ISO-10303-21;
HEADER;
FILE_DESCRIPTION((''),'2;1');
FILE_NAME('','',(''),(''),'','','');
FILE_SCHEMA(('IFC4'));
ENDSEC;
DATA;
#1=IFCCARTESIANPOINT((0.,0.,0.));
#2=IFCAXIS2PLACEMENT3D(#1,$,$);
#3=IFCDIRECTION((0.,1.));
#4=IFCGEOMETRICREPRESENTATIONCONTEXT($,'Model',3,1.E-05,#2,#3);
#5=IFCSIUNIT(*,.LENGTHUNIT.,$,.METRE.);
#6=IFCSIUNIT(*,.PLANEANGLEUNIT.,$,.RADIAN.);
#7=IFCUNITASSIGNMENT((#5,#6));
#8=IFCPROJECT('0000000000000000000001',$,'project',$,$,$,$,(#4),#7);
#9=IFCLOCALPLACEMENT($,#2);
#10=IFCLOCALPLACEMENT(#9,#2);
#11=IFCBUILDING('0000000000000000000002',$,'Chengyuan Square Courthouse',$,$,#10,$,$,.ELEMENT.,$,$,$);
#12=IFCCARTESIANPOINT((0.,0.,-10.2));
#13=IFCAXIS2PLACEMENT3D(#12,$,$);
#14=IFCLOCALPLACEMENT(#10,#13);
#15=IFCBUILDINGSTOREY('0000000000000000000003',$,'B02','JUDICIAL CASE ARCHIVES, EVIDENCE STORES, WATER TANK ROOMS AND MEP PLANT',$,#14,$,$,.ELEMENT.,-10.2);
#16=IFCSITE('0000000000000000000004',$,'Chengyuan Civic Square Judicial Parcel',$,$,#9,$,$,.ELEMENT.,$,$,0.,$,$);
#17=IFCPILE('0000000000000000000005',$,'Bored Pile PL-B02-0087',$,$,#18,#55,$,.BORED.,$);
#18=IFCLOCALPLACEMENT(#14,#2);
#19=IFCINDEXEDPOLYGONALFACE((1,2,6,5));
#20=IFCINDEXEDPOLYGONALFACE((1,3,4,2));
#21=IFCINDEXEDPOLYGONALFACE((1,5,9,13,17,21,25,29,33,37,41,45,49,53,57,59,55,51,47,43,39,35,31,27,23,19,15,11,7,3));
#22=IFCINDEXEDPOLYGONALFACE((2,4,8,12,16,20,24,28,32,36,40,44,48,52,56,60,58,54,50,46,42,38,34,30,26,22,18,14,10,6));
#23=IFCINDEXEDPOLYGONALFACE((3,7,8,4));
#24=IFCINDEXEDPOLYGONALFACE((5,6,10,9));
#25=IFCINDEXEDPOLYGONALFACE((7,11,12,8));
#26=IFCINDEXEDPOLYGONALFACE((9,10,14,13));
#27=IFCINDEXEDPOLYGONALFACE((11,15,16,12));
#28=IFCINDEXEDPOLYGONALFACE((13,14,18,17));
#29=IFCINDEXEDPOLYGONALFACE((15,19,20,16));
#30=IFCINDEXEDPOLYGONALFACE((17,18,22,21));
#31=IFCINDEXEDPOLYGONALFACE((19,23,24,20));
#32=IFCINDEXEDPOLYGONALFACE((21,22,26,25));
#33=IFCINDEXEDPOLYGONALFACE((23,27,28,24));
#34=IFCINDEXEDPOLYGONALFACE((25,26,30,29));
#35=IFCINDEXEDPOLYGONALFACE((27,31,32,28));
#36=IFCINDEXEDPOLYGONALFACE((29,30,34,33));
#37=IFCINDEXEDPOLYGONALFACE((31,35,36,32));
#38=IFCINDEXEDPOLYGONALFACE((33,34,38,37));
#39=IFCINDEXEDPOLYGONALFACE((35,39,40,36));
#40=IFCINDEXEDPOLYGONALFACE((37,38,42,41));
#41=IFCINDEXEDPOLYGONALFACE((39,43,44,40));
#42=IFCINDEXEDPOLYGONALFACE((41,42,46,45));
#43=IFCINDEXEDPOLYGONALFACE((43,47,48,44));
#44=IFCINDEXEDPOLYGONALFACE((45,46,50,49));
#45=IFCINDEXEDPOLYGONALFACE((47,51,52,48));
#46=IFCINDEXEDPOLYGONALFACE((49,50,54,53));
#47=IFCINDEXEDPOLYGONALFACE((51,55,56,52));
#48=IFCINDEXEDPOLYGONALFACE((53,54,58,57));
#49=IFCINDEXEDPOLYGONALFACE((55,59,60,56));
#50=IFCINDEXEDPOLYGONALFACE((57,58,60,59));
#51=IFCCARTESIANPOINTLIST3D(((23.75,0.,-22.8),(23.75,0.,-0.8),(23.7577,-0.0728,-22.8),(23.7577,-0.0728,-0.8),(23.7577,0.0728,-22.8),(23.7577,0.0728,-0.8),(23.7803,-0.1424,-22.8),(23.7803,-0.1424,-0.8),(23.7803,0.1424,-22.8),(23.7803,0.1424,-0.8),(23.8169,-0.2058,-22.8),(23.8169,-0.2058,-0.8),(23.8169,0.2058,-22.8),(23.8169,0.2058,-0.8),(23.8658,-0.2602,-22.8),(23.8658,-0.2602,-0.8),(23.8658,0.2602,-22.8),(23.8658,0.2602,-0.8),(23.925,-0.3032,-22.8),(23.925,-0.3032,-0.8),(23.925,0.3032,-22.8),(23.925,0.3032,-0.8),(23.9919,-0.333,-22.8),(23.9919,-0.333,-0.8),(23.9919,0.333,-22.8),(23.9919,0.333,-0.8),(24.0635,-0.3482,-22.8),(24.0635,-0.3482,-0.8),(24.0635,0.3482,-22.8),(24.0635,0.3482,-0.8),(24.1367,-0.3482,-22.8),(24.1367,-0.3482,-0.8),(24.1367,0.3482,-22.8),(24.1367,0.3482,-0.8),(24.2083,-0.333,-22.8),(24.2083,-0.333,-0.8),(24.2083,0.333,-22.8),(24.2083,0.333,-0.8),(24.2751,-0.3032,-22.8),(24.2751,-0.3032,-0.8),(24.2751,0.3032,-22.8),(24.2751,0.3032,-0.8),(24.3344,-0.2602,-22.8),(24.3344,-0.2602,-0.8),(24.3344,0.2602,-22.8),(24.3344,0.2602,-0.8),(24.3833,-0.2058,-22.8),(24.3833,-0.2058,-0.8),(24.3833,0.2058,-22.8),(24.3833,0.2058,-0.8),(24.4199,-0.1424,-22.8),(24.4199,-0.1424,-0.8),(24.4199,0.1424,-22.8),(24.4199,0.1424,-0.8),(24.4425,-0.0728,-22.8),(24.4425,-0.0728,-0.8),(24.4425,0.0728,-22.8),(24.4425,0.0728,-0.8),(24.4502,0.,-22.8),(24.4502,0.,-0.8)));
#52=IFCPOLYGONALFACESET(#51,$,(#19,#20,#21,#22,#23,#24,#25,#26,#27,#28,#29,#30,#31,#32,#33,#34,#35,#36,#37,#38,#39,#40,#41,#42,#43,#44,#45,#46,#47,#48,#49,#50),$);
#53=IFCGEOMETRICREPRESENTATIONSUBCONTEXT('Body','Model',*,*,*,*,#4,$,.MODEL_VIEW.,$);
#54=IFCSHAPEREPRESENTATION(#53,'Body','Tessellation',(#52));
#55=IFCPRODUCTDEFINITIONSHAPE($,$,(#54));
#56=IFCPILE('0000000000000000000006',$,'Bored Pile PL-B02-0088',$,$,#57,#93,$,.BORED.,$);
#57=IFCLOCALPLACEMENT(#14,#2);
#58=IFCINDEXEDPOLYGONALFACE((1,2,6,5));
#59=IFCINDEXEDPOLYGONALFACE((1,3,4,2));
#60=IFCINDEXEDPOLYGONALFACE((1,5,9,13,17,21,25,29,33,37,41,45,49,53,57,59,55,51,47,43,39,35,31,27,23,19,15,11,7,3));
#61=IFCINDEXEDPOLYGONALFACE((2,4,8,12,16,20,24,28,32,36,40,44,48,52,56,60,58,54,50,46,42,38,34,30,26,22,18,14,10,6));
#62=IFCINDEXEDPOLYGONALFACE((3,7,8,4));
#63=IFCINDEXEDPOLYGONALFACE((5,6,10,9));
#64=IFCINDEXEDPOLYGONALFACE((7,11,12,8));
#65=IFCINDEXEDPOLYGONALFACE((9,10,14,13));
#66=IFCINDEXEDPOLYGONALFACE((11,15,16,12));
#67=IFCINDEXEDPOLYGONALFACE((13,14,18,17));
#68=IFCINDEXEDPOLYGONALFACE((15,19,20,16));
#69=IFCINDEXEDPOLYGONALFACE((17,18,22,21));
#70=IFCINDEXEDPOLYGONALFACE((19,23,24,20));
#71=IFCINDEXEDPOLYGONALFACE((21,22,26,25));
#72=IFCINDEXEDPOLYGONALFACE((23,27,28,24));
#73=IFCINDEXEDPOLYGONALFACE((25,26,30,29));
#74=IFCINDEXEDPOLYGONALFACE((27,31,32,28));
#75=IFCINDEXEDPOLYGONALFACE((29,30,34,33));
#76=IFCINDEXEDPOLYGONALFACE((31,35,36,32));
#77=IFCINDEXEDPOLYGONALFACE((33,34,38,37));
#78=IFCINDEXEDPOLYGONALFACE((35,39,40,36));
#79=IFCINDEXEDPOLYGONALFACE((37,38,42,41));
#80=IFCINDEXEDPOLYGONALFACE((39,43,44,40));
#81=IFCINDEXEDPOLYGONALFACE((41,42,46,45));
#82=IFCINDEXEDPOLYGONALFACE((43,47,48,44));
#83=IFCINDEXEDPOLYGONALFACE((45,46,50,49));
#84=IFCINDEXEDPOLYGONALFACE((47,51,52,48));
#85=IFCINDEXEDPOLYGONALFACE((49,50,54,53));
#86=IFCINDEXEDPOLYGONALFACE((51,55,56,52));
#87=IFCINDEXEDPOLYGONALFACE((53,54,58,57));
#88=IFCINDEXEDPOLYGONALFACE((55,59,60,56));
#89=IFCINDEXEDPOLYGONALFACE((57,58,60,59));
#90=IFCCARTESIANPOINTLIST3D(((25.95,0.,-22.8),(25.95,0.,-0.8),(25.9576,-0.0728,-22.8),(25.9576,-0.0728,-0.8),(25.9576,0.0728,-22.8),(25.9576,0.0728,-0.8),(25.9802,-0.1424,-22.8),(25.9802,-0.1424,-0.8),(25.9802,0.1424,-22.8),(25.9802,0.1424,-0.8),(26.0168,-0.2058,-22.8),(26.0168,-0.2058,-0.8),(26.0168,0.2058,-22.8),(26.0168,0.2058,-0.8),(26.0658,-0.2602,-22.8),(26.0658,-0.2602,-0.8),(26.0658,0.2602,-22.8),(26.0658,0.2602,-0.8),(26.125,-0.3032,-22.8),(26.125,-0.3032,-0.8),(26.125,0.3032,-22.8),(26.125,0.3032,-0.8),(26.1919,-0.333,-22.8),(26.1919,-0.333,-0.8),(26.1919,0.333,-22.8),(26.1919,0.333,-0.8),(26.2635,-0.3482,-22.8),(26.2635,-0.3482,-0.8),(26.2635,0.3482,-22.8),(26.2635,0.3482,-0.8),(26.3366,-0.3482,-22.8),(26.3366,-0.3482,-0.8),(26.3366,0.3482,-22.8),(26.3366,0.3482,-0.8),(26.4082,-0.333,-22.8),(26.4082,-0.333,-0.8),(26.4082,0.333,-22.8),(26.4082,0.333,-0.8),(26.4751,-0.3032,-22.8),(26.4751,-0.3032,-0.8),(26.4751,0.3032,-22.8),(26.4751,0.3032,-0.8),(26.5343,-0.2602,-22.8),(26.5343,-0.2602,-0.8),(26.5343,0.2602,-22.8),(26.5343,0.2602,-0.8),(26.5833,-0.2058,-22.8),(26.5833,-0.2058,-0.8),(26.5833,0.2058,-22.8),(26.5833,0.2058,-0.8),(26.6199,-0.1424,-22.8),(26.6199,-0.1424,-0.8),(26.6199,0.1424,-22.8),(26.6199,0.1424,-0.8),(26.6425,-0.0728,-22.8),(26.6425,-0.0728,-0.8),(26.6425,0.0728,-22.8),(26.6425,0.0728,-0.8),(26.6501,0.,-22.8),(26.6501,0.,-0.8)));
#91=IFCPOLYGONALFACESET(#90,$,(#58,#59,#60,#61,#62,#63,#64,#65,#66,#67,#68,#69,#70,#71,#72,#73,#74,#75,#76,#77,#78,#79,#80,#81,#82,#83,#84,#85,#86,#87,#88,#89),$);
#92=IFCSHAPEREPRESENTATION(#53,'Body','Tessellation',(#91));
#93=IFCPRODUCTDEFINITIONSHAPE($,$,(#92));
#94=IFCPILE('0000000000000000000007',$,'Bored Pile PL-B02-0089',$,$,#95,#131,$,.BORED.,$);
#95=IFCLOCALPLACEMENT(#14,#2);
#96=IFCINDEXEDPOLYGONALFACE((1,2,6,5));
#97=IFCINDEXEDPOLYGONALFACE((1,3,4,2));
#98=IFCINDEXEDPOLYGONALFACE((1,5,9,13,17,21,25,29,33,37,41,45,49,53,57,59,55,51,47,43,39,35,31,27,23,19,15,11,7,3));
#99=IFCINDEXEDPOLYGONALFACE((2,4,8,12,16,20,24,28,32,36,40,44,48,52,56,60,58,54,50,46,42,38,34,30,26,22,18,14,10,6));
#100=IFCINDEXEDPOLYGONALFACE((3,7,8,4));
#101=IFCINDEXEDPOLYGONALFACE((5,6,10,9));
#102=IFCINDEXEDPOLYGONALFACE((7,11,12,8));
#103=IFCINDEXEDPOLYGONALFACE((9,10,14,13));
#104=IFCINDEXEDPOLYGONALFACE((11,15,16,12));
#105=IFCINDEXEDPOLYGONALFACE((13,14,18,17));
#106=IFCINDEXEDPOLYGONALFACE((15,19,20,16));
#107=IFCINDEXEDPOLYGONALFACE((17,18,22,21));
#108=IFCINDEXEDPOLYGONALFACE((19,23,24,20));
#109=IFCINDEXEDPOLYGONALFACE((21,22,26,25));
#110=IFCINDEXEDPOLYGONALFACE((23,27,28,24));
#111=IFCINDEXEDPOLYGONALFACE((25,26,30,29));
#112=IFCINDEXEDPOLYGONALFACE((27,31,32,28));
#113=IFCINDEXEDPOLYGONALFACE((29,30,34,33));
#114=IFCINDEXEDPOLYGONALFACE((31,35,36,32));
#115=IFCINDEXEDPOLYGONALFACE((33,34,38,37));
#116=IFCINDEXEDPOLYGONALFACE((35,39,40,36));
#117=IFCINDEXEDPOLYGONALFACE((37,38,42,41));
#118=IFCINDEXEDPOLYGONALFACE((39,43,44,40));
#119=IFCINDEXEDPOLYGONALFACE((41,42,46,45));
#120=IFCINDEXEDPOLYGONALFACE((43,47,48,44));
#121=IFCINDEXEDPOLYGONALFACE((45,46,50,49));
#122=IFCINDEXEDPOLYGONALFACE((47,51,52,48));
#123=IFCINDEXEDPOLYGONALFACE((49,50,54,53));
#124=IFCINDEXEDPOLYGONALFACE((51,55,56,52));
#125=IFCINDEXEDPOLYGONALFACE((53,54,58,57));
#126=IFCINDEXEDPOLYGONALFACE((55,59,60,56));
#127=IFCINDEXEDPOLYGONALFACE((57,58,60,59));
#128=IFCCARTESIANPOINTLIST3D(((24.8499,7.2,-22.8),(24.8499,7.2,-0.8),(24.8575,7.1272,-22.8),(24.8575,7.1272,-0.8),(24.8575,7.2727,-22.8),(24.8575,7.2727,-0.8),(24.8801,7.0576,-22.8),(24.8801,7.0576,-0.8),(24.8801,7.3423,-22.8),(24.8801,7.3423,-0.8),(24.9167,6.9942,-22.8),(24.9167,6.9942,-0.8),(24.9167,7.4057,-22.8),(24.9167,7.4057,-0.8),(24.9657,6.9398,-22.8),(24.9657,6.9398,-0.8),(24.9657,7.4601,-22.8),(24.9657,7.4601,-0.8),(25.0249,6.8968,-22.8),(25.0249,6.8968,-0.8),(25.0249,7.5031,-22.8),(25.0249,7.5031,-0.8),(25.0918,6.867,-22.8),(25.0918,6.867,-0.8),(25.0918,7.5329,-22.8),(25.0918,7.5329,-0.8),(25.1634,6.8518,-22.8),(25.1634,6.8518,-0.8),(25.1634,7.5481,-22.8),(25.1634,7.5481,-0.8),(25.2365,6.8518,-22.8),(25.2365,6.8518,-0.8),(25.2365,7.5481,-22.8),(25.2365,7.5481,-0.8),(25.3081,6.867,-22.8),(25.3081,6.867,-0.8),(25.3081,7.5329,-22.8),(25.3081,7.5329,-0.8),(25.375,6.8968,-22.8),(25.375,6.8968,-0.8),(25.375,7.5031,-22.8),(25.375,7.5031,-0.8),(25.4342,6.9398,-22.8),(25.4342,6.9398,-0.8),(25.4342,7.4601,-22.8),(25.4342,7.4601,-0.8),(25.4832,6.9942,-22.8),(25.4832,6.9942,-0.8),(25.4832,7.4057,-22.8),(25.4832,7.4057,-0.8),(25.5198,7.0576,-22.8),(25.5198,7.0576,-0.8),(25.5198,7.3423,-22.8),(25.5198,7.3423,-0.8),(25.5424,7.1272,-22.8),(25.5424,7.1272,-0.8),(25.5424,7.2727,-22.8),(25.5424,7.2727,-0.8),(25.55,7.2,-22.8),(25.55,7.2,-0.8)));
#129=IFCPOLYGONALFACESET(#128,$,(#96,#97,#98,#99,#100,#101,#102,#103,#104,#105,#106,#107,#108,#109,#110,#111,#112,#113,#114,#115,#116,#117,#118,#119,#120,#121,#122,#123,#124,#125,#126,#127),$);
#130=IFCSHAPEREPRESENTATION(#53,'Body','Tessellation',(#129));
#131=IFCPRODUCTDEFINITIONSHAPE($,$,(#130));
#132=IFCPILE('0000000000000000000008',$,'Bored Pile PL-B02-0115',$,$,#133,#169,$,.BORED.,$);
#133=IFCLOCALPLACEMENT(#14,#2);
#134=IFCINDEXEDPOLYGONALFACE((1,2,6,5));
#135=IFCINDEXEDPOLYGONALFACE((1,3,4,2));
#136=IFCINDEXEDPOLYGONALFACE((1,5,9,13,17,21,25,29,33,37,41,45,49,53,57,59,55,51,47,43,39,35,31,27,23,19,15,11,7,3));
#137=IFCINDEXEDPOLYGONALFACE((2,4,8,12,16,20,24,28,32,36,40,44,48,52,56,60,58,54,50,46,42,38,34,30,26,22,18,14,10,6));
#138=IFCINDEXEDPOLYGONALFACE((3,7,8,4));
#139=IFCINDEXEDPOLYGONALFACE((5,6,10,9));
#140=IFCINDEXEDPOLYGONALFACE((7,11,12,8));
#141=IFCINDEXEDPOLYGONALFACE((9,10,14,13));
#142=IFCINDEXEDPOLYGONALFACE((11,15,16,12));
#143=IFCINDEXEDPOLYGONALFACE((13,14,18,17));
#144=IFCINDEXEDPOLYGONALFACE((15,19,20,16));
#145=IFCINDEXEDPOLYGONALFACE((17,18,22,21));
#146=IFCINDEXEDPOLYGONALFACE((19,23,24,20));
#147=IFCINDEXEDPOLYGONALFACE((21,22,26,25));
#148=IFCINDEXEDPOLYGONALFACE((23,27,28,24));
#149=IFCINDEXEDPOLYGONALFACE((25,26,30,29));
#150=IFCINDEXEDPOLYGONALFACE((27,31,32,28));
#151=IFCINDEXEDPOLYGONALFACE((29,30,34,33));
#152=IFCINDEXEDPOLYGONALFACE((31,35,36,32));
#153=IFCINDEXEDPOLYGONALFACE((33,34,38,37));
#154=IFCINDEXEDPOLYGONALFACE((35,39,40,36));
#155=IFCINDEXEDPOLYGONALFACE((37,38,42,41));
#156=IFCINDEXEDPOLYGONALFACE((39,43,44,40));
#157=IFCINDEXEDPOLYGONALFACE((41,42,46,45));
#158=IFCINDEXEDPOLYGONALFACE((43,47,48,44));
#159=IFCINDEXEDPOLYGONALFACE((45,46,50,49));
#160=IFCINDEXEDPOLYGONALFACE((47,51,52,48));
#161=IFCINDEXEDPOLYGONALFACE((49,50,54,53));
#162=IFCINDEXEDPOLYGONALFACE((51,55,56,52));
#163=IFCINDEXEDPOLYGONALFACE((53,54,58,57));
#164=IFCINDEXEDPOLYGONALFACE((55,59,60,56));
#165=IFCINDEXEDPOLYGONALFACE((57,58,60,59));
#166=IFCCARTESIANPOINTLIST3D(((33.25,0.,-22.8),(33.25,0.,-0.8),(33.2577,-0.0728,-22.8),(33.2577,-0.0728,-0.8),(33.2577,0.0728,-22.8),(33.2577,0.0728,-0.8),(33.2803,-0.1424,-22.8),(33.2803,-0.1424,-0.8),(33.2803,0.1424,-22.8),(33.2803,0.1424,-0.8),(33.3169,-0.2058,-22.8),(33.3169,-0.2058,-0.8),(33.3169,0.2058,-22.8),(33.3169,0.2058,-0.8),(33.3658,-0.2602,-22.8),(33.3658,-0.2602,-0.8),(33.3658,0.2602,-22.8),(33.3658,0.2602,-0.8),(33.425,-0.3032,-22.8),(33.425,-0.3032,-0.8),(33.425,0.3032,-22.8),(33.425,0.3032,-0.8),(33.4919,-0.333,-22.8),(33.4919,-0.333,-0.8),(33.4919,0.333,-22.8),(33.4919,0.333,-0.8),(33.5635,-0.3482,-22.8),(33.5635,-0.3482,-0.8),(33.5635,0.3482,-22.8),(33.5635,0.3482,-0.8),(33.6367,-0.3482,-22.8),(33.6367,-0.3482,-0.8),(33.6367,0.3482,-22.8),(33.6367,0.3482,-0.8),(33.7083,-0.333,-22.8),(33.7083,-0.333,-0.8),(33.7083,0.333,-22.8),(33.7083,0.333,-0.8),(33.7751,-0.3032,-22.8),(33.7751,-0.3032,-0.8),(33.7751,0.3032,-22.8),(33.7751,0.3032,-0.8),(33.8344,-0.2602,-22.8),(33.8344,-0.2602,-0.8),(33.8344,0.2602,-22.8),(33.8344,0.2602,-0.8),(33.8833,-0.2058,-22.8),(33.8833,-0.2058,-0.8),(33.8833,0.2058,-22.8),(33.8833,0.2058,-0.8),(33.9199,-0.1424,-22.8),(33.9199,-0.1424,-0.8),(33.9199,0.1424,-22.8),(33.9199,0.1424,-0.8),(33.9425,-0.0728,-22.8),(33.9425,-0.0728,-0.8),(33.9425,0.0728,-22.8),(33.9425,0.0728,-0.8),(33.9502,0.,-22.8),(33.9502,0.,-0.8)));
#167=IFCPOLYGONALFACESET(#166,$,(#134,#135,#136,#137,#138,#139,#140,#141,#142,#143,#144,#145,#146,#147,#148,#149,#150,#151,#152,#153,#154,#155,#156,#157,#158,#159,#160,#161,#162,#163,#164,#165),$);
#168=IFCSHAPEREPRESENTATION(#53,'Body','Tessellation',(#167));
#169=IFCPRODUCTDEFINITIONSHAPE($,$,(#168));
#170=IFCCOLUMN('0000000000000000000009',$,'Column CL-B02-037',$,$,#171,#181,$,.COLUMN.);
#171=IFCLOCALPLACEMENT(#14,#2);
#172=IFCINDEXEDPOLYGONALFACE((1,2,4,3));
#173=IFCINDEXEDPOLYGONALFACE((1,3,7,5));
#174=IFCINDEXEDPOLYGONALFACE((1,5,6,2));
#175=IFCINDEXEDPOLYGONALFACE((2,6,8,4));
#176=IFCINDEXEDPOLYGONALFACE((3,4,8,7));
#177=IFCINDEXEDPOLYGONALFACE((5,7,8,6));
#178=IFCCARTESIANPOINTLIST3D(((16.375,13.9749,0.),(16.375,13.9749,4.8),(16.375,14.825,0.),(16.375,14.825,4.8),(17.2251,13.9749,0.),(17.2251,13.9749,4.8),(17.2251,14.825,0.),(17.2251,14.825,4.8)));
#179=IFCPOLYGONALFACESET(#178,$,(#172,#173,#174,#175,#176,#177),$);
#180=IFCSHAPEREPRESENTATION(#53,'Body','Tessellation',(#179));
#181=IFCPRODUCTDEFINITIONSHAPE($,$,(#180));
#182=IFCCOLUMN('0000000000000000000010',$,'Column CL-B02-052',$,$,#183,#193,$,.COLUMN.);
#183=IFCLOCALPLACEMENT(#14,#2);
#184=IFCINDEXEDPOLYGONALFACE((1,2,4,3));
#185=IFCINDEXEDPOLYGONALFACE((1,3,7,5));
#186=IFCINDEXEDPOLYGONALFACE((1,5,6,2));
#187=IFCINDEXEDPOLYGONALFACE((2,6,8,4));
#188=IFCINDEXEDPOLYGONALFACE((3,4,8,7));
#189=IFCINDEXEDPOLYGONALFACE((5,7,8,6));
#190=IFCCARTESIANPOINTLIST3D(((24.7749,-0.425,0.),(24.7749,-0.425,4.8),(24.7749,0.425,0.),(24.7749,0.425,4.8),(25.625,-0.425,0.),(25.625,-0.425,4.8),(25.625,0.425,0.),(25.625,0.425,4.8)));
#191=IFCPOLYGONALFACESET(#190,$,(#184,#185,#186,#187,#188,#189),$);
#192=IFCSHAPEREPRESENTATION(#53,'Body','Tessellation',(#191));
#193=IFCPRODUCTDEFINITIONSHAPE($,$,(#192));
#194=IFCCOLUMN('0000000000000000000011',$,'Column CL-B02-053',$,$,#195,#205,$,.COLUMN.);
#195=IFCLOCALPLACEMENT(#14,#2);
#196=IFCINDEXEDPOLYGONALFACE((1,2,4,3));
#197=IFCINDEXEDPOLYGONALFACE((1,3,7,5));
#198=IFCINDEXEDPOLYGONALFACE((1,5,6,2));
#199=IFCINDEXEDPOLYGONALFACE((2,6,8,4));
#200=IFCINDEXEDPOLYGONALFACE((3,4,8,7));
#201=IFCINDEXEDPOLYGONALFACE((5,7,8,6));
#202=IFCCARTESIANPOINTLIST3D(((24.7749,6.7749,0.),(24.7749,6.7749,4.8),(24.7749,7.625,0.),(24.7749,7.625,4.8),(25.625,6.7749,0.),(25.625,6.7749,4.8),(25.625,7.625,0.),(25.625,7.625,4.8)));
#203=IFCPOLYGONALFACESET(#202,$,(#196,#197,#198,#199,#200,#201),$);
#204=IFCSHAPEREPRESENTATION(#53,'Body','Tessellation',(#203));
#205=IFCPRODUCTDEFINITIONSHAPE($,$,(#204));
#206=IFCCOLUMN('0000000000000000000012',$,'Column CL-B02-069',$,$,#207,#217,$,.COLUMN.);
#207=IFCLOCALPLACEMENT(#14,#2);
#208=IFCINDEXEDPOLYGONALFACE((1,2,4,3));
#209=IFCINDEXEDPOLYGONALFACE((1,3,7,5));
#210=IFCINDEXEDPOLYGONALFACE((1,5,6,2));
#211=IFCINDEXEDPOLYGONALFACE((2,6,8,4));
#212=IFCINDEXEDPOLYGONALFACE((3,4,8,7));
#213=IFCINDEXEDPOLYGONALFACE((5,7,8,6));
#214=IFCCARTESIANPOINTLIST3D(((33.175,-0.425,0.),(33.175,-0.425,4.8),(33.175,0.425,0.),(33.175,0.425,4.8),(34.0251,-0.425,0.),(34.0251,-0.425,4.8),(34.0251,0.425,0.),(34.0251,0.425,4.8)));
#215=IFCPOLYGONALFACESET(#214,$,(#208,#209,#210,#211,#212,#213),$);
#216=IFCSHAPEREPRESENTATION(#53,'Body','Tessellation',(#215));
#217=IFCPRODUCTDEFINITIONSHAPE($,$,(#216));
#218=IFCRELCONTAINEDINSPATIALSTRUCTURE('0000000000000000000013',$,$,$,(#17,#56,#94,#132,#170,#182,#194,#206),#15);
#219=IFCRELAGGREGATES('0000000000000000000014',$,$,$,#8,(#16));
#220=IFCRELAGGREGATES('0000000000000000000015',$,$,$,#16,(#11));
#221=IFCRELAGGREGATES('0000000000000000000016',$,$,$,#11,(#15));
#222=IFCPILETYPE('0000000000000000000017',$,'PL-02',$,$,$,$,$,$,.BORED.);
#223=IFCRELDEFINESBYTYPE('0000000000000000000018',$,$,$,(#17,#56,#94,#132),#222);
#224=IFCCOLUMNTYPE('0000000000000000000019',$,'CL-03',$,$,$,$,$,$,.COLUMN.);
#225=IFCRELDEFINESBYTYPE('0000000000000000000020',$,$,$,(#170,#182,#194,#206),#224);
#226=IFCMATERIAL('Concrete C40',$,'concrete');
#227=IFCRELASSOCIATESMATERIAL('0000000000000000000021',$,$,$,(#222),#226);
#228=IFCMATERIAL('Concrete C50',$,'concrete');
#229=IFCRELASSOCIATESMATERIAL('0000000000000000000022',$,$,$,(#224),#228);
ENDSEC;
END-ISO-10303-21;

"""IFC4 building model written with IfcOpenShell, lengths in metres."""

from ifc_helpers import new_model, si_unit, direction, frame, origin, origin_2d, place, context, subcontext, project, spatial, rectangle, circle, extrude, material, material_profile, profile_set, type_object, element, save


model = new_model("IFC4")

# Units and contexts
model_context = context("Model", 3, precision=1e-05, world=origin(), true_north=direction((0.0, 1.0)))
body_context = subcontext(model_context, "Body", "Model", "MODEL_VIEW")
ifc_project = project(units=[si_unit("LENGTHUNIT", "METRE"), si_unit("PLANEANGLEUNIT", "RADIAN")], contexts=[model_context])

# Site, building, storey
site_placement = place(None, origin())
site = spatial("IfcSite", under=ifc_project, at=site_placement, Name="Chengyuan Civic Square Judicial Parcel", CompositionType="ELEMENT", RefElevation=0.0)
building_placement = place(site_placement, origin())
building = spatial("IfcBuilding", under=site, at=building_placement, Name="Chengyuan Square Courthouse", CompositionType="ELEMENT")
storey_placement = place(building_placement, frame((0.0, 0.0, -10.2)))
storey = spatial("IfcBuildingStorey", under=building, at=storey_placement, Name="B02", Description="JUDICIAL CASE ARCHIVES, EVIDENCE STORES, WATER TANK ROOMS AND MEP PLANT", CompositionType="ELEMENT", Elevation=-10.2)

# Shared definitions
ifc_material_1 = material(Name="Concrete C40", Category="concrete")

# Piles
ifc_material_profile_1 = material_profile(ifc_material_1, circle(Radius=0.3501, at=origin_2d()), Name="BORED PILE D700")
ifc_profile_set_1 = profile_set([ifc_material_profile_1], Name="Concrete C40")
pile_type = type_object("IfcPileType", Name="PL-02", PredefinedType="BORED", material=ifc_profile_set_1)
for number, where, z_axis, x_axis, name in (
    (1, (24.1001, 0.0, -0.8), (0.0, 0.0, -1.0), (1.0, 0.0, 0.0), "Bored Pile PL-B02-0087"),
    (2, (26.3, 0.0, -0.8), (0.0, 0.0, -1.0), (1.0, 0.0, 0.0), "Bored Pile PL-B02-0088"),
    (3, (25.2, 7.2, -0.8), (0.0, 0.0, -1.0), (1.0, 0.0, 0.0), "Bored Pile PL-B02-0089"),
    (4, (33.6001, 0.0, -0.8), (0.0, 0.0, -1.0), (1.0, 0.0, 0.0), "Bored Pile PL-B02-0115"),
):
    element("IfcPile", number, at=place(storey_placement, frame(where, z_axis=z_axis, x_axis=x_axis)), inside=storey, type_object=pile_type, Name=name, PredefinedType="BORED", context=body_context, shape_type="SweptSolid", body=[
        extrude(circle(Radius=0.3501, at=origin_2d()), origin(), (0.0, 0.0, 1.0), 22.0),
    ])

# Columns
ifc_material_2 = material(Name="Concrete C50", Category="concrete")
ifc_material_profile_2 = material_profile(ifc_material_2, rectangle(XDim=0.8501, YDim=0.8501, at=origin_2d()), Name="RC-COL-850x850")
ifc_profile_set_2 = profile_set([ifc_material_profile_2], Name="Concrete C50")
column_type = type_object("IfcColumnType", Name="CL-03", PredefinedType="COLUMN", material=ifc_profile_set_2)
for number, where, z_axis, x_axis, name in (
    (5, (16.8, 14.3999, 0.0), (0.0, 0.0, 1.0), (1.0, 0.0, 0.0), "Column CL-B02-037"),
    (6, (25.2, 0.0, 0.0), (0.0, 0.0, 1.0), (1.0, 0.0, 0.0), "Column CL-B02-052"),
    (7, (25.2, 7.2, 0.0), (0.0, 0.0, 1.0), (1.0, 0.0, 0.0), "Column CL-B02-053"),
    (8, (33.6001, 0.0, 0.0), (0.0, 0.0, 1.0), (1.0, 0.0, 0.0), "Column CL-B02-069"),
):
    element("IfcColumn", number, at=place(storey_placement, frame(where, z_axis=z_axis, x_axis=x_axis)), inside=storey, type_object=column_type, Name=name, PredefinedType="COLUMN", context=body_context, shape_type="SweptSolid", body=[
        extrude(rectangle(XDim=0.8501, YDim=0.8501, at=origin_2d()), origin(), (0.0, 0.0, 1.0), 4.8),
    ])

save(model, "model.ifc")
